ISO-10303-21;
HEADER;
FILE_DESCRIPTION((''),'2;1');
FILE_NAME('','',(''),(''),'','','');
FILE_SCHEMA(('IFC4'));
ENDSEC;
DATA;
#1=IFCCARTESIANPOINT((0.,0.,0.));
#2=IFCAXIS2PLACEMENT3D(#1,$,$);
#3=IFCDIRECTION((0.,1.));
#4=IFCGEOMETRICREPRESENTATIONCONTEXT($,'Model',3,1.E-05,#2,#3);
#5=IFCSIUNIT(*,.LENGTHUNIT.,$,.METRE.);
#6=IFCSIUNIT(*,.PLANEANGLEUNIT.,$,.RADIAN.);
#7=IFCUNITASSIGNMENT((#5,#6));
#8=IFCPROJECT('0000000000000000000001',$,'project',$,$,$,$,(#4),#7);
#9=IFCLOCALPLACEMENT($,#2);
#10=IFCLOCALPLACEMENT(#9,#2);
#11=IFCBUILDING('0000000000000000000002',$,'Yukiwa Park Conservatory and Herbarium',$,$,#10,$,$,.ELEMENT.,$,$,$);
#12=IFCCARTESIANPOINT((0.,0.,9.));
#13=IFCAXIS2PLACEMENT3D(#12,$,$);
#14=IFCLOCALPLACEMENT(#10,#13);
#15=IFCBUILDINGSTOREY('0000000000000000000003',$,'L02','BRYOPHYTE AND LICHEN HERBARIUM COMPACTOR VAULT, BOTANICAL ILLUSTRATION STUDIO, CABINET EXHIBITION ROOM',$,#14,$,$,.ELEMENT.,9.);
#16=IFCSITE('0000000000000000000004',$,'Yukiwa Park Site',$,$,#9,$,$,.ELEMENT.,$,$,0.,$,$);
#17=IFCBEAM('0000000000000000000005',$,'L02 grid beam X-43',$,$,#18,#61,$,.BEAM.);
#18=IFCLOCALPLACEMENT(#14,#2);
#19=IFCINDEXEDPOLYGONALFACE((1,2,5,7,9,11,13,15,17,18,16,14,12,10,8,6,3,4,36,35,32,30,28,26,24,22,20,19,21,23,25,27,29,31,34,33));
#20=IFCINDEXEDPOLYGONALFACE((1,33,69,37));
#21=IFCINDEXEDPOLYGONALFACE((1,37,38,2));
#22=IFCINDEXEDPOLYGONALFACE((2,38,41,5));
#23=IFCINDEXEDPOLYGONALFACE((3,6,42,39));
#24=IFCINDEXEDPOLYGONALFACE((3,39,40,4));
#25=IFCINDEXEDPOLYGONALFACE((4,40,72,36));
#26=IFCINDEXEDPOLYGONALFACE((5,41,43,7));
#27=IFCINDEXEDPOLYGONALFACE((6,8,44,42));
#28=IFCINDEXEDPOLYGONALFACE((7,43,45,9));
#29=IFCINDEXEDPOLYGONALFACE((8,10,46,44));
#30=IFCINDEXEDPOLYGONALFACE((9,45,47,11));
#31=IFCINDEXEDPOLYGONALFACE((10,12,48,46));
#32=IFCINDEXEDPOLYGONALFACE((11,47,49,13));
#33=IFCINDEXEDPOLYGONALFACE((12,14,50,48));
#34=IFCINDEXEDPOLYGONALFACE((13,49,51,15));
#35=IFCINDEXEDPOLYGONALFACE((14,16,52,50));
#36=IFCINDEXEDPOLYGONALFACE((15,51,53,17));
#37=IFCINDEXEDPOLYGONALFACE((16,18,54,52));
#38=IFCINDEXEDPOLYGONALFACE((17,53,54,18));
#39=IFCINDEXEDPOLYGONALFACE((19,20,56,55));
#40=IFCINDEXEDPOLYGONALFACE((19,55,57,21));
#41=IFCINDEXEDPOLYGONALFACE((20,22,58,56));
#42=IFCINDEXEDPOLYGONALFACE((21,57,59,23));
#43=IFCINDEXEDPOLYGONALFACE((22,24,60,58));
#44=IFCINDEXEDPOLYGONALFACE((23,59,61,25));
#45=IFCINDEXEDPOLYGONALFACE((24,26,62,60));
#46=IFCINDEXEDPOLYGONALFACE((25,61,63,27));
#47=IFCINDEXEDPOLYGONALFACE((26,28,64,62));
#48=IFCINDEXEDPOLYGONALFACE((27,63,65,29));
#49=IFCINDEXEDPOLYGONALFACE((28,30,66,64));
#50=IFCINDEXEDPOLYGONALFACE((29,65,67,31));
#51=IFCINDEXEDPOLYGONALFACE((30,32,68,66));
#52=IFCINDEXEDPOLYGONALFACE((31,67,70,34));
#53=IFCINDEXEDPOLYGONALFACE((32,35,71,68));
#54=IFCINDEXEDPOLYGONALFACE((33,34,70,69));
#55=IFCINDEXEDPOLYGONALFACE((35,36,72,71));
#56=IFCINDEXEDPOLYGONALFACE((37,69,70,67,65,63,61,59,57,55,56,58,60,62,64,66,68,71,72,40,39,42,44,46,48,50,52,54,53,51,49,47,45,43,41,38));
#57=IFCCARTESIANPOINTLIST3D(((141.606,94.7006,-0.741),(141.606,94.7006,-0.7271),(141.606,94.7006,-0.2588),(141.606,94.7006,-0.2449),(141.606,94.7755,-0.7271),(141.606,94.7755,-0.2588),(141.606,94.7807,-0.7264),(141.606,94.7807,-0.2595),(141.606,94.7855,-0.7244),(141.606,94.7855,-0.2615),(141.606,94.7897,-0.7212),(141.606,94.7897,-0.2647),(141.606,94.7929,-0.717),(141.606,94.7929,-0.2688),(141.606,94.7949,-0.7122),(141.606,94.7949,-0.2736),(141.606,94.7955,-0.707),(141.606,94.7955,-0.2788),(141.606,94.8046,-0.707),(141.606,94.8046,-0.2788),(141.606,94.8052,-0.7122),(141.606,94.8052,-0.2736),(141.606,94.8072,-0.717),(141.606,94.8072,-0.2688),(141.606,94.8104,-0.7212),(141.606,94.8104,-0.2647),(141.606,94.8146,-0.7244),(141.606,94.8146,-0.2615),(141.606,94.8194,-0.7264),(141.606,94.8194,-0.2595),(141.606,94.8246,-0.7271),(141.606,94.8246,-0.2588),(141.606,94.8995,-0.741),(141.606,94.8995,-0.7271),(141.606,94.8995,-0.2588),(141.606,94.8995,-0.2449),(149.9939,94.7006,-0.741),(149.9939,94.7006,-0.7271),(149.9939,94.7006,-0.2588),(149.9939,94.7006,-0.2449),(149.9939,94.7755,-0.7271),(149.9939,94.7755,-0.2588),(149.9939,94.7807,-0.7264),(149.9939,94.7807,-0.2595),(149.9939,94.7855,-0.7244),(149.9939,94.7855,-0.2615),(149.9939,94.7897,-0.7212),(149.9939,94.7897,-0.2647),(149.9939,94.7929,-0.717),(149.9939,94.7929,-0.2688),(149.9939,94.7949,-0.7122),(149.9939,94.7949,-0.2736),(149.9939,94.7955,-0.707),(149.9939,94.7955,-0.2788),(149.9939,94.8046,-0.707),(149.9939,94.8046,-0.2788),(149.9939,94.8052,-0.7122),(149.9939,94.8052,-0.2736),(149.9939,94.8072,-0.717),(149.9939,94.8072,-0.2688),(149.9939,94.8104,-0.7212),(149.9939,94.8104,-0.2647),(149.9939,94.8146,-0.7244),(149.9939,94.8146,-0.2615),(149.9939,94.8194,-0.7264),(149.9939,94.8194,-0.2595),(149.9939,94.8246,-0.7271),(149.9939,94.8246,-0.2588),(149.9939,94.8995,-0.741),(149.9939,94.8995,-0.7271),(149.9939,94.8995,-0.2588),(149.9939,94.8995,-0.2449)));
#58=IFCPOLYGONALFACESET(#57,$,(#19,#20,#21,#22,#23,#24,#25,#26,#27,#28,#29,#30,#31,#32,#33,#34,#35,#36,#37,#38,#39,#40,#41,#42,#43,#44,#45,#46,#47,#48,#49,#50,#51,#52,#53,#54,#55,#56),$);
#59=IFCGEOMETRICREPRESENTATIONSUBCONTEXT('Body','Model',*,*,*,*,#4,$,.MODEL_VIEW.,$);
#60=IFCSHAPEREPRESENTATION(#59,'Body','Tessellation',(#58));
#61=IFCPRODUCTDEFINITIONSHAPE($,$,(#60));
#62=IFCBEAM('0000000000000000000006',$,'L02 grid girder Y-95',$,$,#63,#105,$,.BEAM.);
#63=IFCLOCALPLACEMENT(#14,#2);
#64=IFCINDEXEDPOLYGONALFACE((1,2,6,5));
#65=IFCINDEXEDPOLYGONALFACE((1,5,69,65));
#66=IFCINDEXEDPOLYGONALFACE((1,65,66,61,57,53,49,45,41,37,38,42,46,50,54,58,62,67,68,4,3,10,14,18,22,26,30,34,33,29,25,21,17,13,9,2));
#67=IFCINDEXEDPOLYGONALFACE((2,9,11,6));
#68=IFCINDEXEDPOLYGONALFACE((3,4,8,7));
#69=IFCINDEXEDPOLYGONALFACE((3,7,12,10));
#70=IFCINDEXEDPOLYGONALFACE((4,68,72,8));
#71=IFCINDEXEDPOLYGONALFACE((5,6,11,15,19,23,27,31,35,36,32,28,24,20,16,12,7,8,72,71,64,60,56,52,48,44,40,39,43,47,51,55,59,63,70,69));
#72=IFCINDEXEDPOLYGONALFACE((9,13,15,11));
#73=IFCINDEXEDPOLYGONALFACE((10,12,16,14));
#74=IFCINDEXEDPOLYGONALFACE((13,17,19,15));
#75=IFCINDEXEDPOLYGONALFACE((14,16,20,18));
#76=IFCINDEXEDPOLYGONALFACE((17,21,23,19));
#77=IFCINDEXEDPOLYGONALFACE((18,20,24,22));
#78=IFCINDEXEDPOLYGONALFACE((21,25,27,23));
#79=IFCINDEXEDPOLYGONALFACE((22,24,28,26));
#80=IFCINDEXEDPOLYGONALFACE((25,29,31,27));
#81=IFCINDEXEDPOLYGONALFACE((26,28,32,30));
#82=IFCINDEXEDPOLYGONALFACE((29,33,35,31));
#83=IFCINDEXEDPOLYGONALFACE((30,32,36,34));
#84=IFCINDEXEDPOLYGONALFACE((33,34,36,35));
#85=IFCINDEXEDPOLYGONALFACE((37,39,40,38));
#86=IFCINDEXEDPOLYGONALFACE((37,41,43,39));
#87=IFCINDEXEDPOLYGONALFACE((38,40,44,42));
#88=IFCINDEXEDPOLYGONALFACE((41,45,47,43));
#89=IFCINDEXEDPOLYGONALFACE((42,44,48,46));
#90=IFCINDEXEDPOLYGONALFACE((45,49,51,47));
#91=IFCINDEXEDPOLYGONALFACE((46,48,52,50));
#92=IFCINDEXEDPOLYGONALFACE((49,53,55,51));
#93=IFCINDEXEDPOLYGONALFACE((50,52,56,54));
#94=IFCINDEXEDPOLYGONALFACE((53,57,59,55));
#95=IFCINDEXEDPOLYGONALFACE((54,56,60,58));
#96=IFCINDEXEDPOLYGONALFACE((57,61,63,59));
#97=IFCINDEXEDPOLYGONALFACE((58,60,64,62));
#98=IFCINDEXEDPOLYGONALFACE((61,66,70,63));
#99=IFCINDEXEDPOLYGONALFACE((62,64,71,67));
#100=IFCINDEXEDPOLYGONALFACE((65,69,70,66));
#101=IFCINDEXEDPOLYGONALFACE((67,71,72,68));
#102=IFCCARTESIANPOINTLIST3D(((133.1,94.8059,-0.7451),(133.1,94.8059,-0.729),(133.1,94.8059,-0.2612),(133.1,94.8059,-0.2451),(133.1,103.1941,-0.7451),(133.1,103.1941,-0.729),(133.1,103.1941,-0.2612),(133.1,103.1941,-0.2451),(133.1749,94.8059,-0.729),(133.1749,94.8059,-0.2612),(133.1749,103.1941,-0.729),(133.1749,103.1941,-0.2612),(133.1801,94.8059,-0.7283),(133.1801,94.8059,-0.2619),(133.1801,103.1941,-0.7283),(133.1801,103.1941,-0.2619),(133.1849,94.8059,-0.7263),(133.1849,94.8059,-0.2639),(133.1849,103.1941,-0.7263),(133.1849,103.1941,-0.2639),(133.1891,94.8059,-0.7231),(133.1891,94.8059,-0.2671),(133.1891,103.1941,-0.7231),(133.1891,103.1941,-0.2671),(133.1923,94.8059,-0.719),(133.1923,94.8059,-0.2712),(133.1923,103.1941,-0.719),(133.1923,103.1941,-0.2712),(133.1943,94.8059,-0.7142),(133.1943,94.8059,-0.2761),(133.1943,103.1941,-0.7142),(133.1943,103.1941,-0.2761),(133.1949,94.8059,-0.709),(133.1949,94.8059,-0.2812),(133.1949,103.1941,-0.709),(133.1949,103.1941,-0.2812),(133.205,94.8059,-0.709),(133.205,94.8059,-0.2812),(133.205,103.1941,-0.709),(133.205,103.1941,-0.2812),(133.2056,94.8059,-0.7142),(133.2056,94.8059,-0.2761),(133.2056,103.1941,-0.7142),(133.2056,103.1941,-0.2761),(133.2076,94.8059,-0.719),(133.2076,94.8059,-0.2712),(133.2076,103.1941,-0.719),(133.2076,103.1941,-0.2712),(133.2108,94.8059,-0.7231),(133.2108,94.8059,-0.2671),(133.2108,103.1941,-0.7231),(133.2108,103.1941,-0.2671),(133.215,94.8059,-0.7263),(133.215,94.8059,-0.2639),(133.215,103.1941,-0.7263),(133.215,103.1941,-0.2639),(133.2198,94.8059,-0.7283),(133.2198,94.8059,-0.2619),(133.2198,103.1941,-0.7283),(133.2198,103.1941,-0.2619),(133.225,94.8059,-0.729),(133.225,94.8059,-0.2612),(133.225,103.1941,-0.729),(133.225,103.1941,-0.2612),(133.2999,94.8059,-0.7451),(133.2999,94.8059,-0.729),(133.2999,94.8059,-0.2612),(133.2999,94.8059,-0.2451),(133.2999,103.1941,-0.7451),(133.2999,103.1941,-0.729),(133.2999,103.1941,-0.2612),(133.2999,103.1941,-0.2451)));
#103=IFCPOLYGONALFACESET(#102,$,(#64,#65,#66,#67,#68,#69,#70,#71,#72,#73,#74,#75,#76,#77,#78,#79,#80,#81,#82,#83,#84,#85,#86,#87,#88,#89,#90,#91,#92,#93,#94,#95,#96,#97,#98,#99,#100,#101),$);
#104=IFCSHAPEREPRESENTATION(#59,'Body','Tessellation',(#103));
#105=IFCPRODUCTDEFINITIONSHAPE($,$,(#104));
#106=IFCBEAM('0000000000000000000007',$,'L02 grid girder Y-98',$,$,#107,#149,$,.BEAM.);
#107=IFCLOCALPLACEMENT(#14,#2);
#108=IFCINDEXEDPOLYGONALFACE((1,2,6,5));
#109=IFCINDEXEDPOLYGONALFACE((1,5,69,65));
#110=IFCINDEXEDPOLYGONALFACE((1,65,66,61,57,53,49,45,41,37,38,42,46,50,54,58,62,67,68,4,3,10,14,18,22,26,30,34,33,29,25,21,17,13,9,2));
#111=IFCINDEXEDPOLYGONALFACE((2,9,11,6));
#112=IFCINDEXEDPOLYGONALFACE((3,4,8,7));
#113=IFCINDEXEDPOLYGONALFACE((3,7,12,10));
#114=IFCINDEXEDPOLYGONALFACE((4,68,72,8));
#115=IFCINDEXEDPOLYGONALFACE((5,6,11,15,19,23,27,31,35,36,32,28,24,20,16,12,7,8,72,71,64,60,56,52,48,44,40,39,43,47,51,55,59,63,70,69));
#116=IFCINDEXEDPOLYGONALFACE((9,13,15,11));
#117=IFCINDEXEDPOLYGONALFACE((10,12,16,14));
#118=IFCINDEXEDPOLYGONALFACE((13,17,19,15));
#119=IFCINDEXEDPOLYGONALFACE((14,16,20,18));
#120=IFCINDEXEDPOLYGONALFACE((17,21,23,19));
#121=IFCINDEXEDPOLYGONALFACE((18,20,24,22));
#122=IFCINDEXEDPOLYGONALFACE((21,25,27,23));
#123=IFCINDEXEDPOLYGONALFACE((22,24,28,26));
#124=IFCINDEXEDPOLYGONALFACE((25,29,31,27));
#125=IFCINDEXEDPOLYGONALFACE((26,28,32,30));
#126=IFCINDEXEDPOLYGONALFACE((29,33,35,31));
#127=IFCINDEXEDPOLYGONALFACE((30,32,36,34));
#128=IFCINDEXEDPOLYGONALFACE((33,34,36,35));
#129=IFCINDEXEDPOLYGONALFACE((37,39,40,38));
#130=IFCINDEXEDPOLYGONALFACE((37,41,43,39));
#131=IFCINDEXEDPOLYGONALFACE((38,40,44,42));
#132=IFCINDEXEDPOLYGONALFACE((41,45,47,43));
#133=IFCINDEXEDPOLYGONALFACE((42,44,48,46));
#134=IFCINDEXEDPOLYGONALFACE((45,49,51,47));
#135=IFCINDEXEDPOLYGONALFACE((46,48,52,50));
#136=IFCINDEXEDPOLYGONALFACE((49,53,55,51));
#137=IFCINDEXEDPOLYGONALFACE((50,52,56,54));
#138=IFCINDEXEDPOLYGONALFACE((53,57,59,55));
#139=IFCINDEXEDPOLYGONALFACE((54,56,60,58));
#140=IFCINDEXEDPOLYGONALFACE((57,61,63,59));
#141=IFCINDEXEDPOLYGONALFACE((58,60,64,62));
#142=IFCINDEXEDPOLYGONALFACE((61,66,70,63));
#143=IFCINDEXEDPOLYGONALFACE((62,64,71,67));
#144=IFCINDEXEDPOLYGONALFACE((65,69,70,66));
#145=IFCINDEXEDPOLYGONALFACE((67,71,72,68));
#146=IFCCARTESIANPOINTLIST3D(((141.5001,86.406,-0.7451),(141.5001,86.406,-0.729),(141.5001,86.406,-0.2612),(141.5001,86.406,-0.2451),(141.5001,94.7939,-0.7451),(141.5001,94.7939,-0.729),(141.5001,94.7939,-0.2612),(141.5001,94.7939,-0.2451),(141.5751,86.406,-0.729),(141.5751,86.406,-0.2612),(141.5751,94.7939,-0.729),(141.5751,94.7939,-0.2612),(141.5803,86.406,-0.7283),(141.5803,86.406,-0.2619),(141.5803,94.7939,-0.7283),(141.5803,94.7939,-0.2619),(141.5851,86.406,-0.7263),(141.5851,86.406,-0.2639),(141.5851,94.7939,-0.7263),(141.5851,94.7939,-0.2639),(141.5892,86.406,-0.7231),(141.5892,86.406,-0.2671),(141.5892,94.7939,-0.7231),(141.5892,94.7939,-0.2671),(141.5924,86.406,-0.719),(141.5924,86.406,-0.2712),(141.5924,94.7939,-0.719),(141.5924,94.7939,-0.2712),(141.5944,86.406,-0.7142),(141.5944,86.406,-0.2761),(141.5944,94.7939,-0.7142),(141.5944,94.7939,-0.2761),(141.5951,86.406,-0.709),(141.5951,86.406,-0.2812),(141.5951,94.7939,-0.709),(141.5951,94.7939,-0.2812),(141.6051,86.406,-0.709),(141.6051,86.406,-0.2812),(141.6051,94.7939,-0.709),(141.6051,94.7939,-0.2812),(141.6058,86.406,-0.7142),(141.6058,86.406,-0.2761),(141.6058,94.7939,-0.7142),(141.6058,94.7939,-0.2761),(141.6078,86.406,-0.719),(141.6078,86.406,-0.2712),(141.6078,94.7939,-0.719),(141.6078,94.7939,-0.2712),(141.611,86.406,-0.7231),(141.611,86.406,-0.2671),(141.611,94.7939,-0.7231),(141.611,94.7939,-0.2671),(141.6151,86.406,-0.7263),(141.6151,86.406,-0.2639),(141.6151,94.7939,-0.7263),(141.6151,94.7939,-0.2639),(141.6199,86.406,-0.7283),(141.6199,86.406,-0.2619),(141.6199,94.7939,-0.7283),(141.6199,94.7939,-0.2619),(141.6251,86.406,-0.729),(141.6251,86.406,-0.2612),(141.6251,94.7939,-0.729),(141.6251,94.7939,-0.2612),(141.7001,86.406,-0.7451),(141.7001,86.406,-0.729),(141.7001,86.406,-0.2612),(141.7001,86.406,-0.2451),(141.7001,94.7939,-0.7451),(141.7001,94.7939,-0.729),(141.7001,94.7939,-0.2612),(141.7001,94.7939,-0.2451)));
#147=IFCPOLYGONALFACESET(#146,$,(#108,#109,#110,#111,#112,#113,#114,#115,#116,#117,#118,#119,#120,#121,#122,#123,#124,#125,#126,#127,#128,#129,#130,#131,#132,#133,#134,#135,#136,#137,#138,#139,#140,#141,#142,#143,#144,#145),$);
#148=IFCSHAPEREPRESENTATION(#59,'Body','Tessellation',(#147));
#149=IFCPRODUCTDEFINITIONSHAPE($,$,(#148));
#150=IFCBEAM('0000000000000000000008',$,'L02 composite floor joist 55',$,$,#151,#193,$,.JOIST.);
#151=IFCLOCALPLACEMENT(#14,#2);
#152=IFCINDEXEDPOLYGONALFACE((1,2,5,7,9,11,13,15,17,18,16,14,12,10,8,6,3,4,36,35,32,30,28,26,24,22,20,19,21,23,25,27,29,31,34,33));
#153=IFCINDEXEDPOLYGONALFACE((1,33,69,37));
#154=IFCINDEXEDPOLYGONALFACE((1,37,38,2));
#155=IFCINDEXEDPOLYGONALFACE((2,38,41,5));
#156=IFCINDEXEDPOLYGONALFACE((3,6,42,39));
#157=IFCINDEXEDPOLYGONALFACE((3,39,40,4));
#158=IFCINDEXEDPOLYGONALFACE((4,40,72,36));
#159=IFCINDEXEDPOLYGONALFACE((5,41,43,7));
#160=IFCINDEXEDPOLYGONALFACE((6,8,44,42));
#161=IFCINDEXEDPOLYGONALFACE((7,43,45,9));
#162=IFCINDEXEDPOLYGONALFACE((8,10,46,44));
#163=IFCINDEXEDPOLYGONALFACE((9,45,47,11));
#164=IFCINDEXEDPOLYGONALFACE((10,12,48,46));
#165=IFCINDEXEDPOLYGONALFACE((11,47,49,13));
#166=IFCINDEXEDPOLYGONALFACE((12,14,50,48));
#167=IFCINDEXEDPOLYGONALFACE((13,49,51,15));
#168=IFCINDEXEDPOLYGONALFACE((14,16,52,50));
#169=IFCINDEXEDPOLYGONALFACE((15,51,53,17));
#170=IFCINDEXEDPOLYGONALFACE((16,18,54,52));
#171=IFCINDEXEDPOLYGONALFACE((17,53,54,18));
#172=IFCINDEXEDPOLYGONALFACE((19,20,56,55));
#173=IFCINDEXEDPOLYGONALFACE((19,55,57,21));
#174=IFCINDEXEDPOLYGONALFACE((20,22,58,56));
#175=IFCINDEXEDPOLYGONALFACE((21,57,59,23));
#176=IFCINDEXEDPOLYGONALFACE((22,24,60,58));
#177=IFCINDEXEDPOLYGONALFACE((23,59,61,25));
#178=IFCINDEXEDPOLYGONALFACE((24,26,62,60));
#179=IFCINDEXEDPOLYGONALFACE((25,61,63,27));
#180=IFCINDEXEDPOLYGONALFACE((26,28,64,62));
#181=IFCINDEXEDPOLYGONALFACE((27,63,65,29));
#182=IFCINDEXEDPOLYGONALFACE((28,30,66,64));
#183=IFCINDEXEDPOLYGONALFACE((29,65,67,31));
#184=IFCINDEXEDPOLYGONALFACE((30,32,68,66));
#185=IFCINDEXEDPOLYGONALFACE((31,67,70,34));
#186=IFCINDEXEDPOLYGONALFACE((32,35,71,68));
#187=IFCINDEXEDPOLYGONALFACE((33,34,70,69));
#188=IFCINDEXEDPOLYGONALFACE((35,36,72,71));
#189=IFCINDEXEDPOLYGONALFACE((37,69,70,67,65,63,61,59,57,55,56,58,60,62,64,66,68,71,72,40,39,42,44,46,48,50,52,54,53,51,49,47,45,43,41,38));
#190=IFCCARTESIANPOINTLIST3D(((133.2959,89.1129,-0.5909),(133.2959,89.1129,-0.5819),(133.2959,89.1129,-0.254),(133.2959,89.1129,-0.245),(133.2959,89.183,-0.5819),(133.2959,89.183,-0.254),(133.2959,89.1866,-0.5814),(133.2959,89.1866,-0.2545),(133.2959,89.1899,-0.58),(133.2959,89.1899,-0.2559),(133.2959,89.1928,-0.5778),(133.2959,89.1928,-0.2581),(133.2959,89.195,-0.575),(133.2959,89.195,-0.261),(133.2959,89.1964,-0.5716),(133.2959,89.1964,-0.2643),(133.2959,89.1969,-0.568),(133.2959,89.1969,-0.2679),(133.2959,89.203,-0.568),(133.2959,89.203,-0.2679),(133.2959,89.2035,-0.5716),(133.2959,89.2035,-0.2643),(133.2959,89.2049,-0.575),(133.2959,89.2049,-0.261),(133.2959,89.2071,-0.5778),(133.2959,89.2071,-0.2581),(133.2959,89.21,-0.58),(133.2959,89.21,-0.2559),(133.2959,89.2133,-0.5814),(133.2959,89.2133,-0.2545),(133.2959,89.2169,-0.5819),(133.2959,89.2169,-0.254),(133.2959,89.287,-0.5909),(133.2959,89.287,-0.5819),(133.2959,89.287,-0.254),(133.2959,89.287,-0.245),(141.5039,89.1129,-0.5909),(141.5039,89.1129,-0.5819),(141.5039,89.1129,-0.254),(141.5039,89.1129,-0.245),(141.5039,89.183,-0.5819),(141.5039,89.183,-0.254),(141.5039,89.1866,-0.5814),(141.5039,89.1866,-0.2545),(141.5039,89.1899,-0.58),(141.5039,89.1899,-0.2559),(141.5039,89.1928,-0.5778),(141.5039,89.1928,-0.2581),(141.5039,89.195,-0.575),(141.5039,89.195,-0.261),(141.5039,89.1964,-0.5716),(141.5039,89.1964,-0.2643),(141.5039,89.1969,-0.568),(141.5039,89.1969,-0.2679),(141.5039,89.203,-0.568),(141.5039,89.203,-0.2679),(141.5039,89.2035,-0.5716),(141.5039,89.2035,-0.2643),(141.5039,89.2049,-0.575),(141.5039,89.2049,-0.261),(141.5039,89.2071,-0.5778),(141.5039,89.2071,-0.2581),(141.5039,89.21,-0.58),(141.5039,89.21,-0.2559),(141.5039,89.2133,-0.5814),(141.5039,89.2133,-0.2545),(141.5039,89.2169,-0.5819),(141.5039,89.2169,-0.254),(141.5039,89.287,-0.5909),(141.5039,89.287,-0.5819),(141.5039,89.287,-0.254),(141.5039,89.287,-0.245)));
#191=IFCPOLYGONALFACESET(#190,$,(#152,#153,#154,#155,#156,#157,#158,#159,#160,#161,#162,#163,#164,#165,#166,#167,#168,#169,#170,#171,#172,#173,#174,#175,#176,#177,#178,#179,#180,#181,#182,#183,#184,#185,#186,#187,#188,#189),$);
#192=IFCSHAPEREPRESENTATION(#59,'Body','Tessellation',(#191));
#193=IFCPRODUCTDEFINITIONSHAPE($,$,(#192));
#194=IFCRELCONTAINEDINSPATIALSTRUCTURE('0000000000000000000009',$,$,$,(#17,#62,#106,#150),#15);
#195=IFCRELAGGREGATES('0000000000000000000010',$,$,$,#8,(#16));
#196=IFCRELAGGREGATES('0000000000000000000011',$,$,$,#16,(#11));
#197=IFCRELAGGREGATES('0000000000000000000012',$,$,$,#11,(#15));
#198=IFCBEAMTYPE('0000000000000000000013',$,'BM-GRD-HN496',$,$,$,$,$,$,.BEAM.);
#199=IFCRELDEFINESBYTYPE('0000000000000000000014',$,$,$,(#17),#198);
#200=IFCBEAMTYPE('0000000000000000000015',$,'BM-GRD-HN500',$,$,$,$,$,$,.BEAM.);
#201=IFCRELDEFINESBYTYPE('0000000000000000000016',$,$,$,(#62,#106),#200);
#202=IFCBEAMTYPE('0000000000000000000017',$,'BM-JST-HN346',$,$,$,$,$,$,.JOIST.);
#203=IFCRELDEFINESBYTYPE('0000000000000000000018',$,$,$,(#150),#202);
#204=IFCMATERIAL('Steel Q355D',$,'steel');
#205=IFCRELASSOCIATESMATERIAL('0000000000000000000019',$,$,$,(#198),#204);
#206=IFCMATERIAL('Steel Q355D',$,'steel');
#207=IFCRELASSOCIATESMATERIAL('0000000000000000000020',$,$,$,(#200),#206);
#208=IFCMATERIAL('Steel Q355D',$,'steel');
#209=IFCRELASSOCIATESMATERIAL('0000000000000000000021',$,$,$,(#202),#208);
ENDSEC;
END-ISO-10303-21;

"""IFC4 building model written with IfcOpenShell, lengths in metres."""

from ifc_helpers import new_model, si_unit, direction, frame, origin, origin_2d, place, context, subcontext, project, spatial, i_section, extrude, material, material_profile, profile_set, type_object, element, save


model = new_model("IFC4")

# Units and contexts
model_context = context("Model", 3, precision=1e-05, world=origin(), true_north=direction((0.0, 1.0)))
body_context = subcontext(model_context, "Body", "Model", "MODEL_VIEW")
ifc_project = project(units=[si_unit("LENGTHUNIT", "METRE"), si_unit("PLANEANGLEUNIT", "RADIAN")], contexts=[model_context])

# Site, building, storey
site_placement = place(None, origin())
site = spatial("IfcSite", under=ifc_project, at=site_placement, Name="Yukiwa Park Site", CompositionType="ELEMENT", RefElevation=0.0)
building_placement = place(site_placement, origin())
building = spatial("IfcBuilding", under=site, at=building_placement, Name="Yukiwa Park Conservatory and Herbarium", CompositionType="ELEMENT")
storey_placement = place(building_placement, frame((0.0, 0.0, 9.0)))
storey = spatial("IfcBuildingStorey", under=building, at=storey_placement, Name="L02", Description="BRYOPHYTE AND LICHEN HERBARIUM COMPACTOR VAULT, BOTANICAL ILLUSTRATION STUDIO, CABINET EXHIBITION ROOM", CompositionType="ELEMENT", Elevation=9.0)

# Beams
ifc_material_1 = material(Name="Steel Q355D", Category="steel")
ifc_material_profile_1 = material_profile(ifc_material_1, i_section(OverallWidth=0.199, OverallDepth=0.4961, WebThickness=0.009, FlangeThickness=0.0139, FilletRadius=0.02, at=origin_2d()), Name="HN 496x199x9x14")
ifc_profile_set_1 = profile_set([ifc_material_profile_1], Name="Steel Q355D")
beam_type_1 = type_object("IfcBeamType", Name="BM-GRD-HN496", PredefinedType="BEAM", material=ifc_profile_set_1)
for number, where, z_axis, x_axis, name in (
    (1, (141.606, 94.8, -0.4929), (1.0, 0.0, 0.0), (0.0, 1.0, 0.0), "L02 grid beam X-43"),
):
    element("IfcBeam", number, at=place(storey_placement, frame(where, z_axis=z_axis, x_axis=x_axis)), inside=storey, type_object=beam_type_1, Name=name, PredefinedType="BEAM", context=body_context, shape_type="SweptSolid", body=[
        extrude(i_section(OverallWidth=0.199, OverallDepth=0.4961, WebThickness=0.009, FlangeThickness=0.0139, FilletRadius=0.02, at=origin_2d()), origin(), (0.0, 0.0, 1.0), 8.3879),
    ])
ifc_material_2 = material(Name="Steel Q355D", Category="steel")
ifc_material_profile_2 = material_profile(ifc_material_2, i_section(OverallWidth=0.2, OverallDepth=0.5, WebThickness=0.01, FlangeThickness=0.0161, FilletRadius=0.02, at=origin_2d()), Name="HN 500x200x10x16")
ifc_profile_set_2 = profile_set([ifc_material_profile_2], Name="Steel Q355D")
beam_type_2 = type_object("IfcBeamType", Name="BM-GRD-HN500", PredefinedType="BEAM", material=ifc_profile_set_2)
beam_1_placement = place(storey_placement, frame((133.2, 94.8059, -0.4951), z_axis=(0.0, 1.0, 0.0), x_axis=(-1.0, 0.0, 0.0)))
element("IfcBeam", 2, at=beam_1_placement, inside=storey, type_object=beam_type_2, Name="L02 grid girder Y-95", PredefinedType="BEAM", context=body_context, shape_type="SweptSolid", body=[
    extrude(i_section(OverallWidth=0.2, OverallDepth=0.5, WebThickness=0.01, FlangeThickness=0.0161, FilletRadius=0.02, at=origin_2d()), origin(), (0.0, 0.0, 1.0), 8.3882),
])
beam_2_placement = place(storey_placement, frame((141.6001, 86.406, -0.4951), z_axis=(0.0, 1.0, 0.0), x_axis=(-1.0, 0.0, 0.0)))
element("IfcBeam", 3, at=beam_2_placement, inside=storey, type_object=beam_type_2, Name="L02 grid girder Y-98", PredefinedType="BEAM", context=body_context, shape_type="SweptSolid", body=[
    extrude(i_section(OverallWidth=0.2, OverallDepth=0.5, WebThickness=0.01, FlangeThickness=0.0161, FilletRadius=0.02, at=origin_2d()), origin(), (0.0, 0.0, 1.0), 8.3879),
])
ifc_material_3 = material(Name="Steel Q355D", Category="steel")
ifc_material_profile_3 = material_profile(ifc_material_3, i_section(OverallWidth=0.1741, OverallDepth=0.3459, WebThickness=0.0061, FlangeThickness=0.009, FilletRadius=0.0139, at=origin_2d()), Name="HN 346x174x6x9")
ifc_profile_set_3 = profile_set([ifc_material_profile_3], Name="Steel Q355D")
beam_type_3 = type_object("IfcBeamType", Name="BM-JST-HN346", PredefinedType="JOIST", material=ifc_profile_set_3)
for number, where, z_axis, x_axis, name in (
    (4, (133.2959, 89.2, -0.418), (1.0, 0.0, 0.0), (0.0, 1.0, 0.0), "L02 composite floor joist 55"),
):
    element("IfcBeam", number, at=place(storey_placement, frame(where, z_axis=z_axis, x_axis=x_axis)), inside=storey, type_object=beam_type_3, Name=name, PredefinedType="JOIST", context=body_context, shape_type="SweptSolid", body=[
        extrude(i_section(OverallWidth=0.1741, OverallDepth=0.3459, WebThickness=0.0061, FlangeThickness=0.009, FilletRadius=0.0139, at=origin_2d()), origin(), (0.0, 0.0, 1.0), 8.208),
    ])

save(model, "model.ifc")
